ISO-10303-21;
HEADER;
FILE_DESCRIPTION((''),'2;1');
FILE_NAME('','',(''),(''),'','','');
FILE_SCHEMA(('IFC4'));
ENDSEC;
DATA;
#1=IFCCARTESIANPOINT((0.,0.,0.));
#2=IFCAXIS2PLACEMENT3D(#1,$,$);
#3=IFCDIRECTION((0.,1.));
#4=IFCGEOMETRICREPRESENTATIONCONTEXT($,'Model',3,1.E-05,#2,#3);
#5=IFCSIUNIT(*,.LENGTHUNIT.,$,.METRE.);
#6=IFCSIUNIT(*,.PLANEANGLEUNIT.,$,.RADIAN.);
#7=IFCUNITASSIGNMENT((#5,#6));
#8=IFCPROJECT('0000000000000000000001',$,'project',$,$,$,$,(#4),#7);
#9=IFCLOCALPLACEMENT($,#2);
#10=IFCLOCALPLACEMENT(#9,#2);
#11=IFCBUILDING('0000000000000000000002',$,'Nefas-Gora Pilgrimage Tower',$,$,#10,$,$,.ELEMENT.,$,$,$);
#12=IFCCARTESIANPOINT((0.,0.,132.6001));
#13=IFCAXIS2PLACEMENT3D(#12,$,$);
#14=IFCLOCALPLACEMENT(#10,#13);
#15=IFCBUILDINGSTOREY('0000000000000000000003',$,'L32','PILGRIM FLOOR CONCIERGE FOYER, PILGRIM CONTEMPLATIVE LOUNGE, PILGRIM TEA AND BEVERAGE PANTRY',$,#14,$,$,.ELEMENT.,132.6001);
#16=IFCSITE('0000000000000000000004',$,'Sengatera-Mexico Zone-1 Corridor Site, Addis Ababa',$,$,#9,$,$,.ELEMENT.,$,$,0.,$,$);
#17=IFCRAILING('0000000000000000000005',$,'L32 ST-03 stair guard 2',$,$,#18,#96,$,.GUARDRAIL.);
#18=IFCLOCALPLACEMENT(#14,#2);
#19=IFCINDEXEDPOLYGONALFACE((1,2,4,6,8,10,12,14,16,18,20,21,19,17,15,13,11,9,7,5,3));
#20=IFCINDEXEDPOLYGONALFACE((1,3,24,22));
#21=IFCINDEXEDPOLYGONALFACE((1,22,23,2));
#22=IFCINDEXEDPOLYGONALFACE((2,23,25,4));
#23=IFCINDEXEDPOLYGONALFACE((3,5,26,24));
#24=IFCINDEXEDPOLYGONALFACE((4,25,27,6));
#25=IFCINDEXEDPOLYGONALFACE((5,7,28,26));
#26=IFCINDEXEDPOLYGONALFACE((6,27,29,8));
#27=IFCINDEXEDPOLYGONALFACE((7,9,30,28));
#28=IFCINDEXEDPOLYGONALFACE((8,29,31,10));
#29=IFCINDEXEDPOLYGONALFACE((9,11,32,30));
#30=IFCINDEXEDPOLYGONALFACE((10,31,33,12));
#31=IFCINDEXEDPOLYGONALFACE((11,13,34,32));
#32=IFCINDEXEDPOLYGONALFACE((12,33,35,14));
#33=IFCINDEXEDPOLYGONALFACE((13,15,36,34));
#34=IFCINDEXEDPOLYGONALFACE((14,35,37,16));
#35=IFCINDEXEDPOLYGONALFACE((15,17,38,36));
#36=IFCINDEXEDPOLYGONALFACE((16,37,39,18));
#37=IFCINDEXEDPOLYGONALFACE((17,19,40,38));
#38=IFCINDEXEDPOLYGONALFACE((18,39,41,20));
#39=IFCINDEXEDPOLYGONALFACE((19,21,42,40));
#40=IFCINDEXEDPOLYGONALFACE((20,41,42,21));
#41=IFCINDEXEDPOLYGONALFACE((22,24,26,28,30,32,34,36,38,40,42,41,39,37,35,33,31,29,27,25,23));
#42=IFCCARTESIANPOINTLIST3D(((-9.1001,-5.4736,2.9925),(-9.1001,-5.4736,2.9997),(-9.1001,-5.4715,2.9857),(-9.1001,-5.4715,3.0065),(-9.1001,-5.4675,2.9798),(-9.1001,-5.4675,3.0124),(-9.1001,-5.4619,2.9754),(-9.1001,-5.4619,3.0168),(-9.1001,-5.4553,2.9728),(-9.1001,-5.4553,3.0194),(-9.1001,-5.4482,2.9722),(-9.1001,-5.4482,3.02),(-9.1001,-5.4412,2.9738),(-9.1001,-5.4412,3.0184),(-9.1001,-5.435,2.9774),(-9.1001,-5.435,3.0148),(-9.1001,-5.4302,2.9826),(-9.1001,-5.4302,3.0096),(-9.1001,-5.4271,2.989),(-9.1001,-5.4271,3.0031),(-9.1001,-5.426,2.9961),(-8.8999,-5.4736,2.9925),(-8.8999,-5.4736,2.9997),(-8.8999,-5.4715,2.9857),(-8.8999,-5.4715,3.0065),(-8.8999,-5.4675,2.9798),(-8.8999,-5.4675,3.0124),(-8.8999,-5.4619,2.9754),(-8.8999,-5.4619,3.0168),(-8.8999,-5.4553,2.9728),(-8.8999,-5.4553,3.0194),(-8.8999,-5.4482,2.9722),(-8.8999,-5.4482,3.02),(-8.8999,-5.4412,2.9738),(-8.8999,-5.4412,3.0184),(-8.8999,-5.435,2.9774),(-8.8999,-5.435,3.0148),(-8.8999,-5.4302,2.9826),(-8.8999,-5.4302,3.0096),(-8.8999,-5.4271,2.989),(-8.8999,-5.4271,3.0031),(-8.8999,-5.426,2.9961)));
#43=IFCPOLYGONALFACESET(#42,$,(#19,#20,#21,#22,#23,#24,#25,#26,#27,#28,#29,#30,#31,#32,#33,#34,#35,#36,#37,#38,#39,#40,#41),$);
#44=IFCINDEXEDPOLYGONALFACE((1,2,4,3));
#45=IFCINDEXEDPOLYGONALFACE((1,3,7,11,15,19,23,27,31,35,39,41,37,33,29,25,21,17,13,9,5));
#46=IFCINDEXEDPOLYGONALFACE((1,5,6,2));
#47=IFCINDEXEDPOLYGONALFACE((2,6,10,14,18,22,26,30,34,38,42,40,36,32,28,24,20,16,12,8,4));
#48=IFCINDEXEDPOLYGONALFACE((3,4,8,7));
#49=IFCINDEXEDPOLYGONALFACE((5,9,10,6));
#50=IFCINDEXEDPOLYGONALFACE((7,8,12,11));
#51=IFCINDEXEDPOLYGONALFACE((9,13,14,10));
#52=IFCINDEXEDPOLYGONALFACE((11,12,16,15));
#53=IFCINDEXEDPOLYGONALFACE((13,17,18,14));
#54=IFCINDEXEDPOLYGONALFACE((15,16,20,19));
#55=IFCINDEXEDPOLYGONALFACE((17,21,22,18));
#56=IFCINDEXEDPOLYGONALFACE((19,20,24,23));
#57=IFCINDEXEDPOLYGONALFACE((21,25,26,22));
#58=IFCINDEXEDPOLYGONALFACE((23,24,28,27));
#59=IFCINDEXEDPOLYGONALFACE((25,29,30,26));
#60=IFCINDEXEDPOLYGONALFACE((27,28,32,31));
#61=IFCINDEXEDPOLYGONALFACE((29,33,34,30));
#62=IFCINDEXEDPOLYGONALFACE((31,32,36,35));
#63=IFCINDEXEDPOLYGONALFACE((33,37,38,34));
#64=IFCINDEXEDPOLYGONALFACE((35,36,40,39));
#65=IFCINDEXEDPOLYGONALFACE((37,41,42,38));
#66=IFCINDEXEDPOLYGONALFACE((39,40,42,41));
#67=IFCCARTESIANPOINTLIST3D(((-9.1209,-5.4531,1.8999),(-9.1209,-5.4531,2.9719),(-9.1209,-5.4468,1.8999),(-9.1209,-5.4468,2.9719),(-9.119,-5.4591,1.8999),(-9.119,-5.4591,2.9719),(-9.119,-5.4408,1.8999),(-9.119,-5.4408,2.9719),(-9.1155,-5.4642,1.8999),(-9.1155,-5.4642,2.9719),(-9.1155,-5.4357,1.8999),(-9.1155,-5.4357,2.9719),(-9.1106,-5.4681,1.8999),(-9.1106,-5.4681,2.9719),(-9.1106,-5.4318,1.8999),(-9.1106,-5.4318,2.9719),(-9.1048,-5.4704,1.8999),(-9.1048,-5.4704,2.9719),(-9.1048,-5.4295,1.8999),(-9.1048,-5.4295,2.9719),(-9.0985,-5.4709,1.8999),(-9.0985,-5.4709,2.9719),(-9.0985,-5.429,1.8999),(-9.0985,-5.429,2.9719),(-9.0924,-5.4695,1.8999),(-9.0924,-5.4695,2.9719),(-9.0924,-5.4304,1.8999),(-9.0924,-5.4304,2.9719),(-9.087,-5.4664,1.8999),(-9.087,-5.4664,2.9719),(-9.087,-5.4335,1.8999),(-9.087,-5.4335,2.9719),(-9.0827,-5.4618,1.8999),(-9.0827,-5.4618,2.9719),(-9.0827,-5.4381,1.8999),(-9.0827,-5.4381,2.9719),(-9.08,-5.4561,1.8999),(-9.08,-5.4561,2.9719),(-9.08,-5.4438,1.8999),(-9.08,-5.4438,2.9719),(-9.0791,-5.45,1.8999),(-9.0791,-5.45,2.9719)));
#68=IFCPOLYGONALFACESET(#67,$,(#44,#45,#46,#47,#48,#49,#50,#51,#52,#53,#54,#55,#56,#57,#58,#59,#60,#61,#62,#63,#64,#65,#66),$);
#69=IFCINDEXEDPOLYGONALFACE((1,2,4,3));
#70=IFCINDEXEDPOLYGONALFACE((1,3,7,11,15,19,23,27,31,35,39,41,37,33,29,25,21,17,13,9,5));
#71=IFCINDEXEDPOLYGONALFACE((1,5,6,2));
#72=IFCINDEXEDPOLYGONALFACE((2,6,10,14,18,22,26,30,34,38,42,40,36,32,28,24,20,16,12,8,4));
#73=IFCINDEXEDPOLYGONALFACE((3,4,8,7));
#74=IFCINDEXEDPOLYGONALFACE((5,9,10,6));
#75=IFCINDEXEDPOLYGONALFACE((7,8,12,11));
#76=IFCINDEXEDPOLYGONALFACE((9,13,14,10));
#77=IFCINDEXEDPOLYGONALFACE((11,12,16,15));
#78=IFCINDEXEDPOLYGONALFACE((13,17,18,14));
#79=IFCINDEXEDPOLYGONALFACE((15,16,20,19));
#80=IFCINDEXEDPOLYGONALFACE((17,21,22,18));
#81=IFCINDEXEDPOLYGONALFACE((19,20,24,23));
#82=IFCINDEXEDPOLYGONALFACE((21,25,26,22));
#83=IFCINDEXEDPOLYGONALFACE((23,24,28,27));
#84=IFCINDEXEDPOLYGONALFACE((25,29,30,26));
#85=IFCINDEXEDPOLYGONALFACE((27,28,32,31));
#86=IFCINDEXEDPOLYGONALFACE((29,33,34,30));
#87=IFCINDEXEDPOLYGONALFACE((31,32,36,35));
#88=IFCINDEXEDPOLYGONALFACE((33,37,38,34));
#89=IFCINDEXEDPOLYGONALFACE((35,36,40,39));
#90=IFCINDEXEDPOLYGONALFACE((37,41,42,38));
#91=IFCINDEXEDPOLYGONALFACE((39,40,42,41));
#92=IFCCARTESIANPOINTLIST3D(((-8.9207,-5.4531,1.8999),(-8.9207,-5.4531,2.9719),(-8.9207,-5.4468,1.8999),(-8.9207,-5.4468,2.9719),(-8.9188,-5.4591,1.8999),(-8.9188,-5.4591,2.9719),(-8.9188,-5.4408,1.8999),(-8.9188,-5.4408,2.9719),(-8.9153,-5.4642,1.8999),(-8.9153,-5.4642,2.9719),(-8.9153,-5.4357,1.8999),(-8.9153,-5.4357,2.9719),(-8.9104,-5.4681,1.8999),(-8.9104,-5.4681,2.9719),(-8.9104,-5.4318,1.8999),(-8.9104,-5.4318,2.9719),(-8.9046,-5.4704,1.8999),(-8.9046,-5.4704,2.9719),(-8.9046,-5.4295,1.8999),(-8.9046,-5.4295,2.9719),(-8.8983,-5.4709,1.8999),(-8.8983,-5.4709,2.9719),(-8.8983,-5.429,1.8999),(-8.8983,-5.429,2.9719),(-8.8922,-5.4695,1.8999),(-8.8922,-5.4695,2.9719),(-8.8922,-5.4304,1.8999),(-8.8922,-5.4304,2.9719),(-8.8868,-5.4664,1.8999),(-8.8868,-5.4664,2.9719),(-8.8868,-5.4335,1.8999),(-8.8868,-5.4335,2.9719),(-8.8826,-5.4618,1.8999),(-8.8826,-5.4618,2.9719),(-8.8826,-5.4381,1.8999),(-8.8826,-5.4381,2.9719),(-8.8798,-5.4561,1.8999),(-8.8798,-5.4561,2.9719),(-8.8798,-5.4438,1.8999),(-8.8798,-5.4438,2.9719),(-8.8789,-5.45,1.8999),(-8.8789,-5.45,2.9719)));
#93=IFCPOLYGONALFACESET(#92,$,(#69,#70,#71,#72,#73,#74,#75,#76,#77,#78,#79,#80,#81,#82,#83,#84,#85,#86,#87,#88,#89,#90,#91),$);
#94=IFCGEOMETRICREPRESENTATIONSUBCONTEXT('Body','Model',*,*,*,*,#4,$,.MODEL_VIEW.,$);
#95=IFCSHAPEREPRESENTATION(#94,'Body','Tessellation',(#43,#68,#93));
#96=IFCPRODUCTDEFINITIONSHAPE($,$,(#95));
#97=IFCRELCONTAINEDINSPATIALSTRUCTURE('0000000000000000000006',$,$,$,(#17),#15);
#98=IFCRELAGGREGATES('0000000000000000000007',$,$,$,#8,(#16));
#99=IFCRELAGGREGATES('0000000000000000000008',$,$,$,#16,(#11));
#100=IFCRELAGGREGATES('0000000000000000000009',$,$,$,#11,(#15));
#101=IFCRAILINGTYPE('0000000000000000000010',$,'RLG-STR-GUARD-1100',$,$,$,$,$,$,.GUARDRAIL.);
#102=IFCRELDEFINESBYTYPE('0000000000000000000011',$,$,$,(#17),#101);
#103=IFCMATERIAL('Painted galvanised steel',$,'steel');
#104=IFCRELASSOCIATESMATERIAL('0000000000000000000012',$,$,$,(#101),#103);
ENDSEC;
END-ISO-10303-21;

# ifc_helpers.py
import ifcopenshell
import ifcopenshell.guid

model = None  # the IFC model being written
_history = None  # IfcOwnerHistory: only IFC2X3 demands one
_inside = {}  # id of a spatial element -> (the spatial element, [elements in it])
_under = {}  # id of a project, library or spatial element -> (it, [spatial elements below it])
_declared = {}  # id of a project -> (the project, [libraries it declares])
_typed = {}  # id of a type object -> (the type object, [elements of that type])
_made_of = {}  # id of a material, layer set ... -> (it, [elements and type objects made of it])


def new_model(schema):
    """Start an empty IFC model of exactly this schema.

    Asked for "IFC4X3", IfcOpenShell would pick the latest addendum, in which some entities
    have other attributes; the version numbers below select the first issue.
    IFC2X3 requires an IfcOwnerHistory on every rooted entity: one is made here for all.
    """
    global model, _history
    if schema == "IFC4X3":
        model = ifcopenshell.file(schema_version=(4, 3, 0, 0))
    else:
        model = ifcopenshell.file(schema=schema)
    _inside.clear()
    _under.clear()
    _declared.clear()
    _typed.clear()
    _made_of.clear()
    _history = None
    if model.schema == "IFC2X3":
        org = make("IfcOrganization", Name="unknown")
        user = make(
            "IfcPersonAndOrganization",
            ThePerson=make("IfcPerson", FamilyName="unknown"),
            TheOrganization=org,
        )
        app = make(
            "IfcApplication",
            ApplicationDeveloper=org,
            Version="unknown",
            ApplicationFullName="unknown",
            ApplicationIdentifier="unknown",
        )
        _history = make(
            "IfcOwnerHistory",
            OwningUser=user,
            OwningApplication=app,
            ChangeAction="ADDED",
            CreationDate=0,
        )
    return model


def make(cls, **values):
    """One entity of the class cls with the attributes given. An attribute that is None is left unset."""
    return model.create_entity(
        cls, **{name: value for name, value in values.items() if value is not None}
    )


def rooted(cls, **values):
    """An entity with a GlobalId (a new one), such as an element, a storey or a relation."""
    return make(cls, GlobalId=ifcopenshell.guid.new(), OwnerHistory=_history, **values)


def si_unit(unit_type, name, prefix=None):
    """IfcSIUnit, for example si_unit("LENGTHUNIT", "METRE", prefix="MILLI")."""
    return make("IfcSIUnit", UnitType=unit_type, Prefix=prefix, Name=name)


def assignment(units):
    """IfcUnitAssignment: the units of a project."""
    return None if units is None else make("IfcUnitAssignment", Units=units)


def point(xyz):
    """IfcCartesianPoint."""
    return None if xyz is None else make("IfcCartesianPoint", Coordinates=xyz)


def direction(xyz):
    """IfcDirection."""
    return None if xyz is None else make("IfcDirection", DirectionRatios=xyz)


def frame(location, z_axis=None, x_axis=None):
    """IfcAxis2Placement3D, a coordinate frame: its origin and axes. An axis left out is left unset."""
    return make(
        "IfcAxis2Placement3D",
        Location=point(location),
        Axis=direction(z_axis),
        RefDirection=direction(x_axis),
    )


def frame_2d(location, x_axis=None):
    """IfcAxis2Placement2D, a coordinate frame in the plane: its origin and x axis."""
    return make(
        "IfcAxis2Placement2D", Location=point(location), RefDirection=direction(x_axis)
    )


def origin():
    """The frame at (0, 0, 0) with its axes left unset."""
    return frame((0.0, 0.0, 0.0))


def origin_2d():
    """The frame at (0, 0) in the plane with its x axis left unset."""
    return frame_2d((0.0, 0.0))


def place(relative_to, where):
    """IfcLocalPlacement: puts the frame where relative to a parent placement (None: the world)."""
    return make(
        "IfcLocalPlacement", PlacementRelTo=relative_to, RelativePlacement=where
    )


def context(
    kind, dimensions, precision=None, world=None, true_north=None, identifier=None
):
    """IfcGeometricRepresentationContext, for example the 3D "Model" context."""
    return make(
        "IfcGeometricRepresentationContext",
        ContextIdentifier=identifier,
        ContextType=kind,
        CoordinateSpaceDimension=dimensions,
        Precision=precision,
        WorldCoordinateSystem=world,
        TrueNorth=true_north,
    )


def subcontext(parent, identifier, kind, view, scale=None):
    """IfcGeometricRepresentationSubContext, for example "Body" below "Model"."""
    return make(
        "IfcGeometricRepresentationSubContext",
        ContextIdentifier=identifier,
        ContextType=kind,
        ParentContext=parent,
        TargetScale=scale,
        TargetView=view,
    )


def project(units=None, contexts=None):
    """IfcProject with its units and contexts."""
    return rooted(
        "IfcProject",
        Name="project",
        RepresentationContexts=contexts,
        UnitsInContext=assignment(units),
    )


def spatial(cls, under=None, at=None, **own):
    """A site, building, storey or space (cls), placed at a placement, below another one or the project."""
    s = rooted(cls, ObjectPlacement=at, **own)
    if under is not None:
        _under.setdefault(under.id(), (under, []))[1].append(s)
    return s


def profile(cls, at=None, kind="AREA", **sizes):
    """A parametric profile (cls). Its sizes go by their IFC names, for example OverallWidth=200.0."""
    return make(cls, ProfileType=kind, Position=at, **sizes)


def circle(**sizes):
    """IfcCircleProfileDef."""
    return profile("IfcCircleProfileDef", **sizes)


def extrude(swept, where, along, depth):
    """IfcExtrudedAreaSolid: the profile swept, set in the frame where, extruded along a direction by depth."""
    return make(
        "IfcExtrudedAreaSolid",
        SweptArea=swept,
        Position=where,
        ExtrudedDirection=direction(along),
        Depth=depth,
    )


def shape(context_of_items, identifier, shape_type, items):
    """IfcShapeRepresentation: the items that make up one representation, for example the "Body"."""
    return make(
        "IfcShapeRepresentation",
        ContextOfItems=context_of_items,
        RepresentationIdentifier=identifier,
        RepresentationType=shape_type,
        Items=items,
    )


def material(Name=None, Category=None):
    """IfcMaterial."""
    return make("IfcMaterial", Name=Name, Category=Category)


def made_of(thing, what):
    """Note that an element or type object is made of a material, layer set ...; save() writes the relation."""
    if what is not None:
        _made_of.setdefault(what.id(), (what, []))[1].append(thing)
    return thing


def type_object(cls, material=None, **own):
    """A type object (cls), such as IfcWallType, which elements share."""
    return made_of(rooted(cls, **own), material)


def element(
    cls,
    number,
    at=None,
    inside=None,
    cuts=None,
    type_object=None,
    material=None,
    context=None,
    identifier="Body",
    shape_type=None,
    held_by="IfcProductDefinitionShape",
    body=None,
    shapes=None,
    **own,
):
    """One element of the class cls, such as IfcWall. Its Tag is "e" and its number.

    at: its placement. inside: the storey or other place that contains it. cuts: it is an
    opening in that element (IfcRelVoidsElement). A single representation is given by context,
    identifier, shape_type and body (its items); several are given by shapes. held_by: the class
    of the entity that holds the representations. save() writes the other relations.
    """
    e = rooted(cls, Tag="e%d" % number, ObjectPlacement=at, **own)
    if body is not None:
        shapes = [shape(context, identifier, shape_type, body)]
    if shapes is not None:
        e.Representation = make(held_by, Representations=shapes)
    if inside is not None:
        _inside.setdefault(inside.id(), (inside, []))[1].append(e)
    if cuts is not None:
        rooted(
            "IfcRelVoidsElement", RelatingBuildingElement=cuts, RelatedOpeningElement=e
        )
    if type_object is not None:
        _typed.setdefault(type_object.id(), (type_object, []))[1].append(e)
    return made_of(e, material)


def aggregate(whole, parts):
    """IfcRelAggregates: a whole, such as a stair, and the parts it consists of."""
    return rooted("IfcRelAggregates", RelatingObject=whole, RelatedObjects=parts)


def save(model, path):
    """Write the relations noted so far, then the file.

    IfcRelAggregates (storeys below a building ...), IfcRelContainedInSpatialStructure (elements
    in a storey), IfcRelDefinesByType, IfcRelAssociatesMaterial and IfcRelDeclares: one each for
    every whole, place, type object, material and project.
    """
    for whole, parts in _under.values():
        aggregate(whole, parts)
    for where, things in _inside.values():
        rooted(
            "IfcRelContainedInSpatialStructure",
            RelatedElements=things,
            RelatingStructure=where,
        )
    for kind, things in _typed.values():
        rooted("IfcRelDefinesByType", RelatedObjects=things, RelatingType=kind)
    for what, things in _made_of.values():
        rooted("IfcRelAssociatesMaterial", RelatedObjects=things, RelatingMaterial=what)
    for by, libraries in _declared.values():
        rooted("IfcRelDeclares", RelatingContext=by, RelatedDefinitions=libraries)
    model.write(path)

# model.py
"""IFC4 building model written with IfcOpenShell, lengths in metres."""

from ifc_helpers import new_model, si_unit, direction, frame, origin, origin_2d, place, context, subcontext, project, spatial, circle, extrude, material, type_object, element, save


model = new_model("IFC4")

# Units and contexts
model_context = context("Model", 3, precision=1e-05, world=origin(), true_north=direction((0.0, 1.0)))
body_context = subcontext(model_context, "Body", "Model", "MODEL_VIEW")
ifc_project = project(units=[si_unit("LENGTHUNIT", "METRE"), si_unit("PLANEANGLEUNIT", "RADIAN")], contexts=[model_context])

# Site, building, storey
site_placement = place(None, origin())
site = spatial("IfcSite", under=ifc_project, at=site_placement, Name="Sengatera-Mexico Zone-1 Corridor Site, Addis Ababa", CompositionType="ELEMENT", RefElevation=0.0)
building_placement = place(site_placement, origin())
building = spatial("IfcBuilding", under=site, at=building_placement, Name="Nefas-Gora Pilgrimage Tower", CompositionType="ELEMENT")
storey_placement = place(building_placement, frame((0.0, 0.0, 132.6001)))
storey = spatial("IfcBuildingStorey", under=building, at=storey_placement, Name="L32", Description="PILGRIM FLOOR CONCIERGE FOYER, PILGRIM CONTEMPLATIVE LOUNGE, PILGRIM TEA AND BEVERAGE PANTRY", CompositionType="ELEMENT", Elevation=132.6001)

# Railing
ifc_material_1 = material(Name="Painted galvanised steel", Category="steel")
railing_type_1 = type_object("IfcRailingType", Name="RLG-STR-GUARD-1100", PredefinedType="GUARDRAIL", material=ifc_material_1)
railing_1_placement = place(storey_placement, frame((-9.1001, -5.45, 1.8999)))
element("IfcRailing", 1, at=railing_1_placement, inside=storey, type_object=railing_type_1, Name="L32 ST-03 stair guard 2", PredefinedType="GUARDRAIL", context=body_context, shape_type="SweptSolid", body=[
    extrude(circle(Radius=0.0239, at=origin_2d()), frame((0.0, 0.0, 1.0962), z_axis=(1.0, 0.0, 0.0), x_axis=(0.0, 1.0, 0.0)), (0.0, 0.0, 1.0), 0.2002),
    extrude(circle(Radius=0.021, at=origin_2d()), origin(), (0.0, 0.0, 1.0), 1.072),
    extrude(circle(Radius=0.021, at=origin_2d()), frame((0.2002, 0.0, 0.0)), (0.0, 0.0, 1.0), 1.072),
])

save(model, "model.ifc")
